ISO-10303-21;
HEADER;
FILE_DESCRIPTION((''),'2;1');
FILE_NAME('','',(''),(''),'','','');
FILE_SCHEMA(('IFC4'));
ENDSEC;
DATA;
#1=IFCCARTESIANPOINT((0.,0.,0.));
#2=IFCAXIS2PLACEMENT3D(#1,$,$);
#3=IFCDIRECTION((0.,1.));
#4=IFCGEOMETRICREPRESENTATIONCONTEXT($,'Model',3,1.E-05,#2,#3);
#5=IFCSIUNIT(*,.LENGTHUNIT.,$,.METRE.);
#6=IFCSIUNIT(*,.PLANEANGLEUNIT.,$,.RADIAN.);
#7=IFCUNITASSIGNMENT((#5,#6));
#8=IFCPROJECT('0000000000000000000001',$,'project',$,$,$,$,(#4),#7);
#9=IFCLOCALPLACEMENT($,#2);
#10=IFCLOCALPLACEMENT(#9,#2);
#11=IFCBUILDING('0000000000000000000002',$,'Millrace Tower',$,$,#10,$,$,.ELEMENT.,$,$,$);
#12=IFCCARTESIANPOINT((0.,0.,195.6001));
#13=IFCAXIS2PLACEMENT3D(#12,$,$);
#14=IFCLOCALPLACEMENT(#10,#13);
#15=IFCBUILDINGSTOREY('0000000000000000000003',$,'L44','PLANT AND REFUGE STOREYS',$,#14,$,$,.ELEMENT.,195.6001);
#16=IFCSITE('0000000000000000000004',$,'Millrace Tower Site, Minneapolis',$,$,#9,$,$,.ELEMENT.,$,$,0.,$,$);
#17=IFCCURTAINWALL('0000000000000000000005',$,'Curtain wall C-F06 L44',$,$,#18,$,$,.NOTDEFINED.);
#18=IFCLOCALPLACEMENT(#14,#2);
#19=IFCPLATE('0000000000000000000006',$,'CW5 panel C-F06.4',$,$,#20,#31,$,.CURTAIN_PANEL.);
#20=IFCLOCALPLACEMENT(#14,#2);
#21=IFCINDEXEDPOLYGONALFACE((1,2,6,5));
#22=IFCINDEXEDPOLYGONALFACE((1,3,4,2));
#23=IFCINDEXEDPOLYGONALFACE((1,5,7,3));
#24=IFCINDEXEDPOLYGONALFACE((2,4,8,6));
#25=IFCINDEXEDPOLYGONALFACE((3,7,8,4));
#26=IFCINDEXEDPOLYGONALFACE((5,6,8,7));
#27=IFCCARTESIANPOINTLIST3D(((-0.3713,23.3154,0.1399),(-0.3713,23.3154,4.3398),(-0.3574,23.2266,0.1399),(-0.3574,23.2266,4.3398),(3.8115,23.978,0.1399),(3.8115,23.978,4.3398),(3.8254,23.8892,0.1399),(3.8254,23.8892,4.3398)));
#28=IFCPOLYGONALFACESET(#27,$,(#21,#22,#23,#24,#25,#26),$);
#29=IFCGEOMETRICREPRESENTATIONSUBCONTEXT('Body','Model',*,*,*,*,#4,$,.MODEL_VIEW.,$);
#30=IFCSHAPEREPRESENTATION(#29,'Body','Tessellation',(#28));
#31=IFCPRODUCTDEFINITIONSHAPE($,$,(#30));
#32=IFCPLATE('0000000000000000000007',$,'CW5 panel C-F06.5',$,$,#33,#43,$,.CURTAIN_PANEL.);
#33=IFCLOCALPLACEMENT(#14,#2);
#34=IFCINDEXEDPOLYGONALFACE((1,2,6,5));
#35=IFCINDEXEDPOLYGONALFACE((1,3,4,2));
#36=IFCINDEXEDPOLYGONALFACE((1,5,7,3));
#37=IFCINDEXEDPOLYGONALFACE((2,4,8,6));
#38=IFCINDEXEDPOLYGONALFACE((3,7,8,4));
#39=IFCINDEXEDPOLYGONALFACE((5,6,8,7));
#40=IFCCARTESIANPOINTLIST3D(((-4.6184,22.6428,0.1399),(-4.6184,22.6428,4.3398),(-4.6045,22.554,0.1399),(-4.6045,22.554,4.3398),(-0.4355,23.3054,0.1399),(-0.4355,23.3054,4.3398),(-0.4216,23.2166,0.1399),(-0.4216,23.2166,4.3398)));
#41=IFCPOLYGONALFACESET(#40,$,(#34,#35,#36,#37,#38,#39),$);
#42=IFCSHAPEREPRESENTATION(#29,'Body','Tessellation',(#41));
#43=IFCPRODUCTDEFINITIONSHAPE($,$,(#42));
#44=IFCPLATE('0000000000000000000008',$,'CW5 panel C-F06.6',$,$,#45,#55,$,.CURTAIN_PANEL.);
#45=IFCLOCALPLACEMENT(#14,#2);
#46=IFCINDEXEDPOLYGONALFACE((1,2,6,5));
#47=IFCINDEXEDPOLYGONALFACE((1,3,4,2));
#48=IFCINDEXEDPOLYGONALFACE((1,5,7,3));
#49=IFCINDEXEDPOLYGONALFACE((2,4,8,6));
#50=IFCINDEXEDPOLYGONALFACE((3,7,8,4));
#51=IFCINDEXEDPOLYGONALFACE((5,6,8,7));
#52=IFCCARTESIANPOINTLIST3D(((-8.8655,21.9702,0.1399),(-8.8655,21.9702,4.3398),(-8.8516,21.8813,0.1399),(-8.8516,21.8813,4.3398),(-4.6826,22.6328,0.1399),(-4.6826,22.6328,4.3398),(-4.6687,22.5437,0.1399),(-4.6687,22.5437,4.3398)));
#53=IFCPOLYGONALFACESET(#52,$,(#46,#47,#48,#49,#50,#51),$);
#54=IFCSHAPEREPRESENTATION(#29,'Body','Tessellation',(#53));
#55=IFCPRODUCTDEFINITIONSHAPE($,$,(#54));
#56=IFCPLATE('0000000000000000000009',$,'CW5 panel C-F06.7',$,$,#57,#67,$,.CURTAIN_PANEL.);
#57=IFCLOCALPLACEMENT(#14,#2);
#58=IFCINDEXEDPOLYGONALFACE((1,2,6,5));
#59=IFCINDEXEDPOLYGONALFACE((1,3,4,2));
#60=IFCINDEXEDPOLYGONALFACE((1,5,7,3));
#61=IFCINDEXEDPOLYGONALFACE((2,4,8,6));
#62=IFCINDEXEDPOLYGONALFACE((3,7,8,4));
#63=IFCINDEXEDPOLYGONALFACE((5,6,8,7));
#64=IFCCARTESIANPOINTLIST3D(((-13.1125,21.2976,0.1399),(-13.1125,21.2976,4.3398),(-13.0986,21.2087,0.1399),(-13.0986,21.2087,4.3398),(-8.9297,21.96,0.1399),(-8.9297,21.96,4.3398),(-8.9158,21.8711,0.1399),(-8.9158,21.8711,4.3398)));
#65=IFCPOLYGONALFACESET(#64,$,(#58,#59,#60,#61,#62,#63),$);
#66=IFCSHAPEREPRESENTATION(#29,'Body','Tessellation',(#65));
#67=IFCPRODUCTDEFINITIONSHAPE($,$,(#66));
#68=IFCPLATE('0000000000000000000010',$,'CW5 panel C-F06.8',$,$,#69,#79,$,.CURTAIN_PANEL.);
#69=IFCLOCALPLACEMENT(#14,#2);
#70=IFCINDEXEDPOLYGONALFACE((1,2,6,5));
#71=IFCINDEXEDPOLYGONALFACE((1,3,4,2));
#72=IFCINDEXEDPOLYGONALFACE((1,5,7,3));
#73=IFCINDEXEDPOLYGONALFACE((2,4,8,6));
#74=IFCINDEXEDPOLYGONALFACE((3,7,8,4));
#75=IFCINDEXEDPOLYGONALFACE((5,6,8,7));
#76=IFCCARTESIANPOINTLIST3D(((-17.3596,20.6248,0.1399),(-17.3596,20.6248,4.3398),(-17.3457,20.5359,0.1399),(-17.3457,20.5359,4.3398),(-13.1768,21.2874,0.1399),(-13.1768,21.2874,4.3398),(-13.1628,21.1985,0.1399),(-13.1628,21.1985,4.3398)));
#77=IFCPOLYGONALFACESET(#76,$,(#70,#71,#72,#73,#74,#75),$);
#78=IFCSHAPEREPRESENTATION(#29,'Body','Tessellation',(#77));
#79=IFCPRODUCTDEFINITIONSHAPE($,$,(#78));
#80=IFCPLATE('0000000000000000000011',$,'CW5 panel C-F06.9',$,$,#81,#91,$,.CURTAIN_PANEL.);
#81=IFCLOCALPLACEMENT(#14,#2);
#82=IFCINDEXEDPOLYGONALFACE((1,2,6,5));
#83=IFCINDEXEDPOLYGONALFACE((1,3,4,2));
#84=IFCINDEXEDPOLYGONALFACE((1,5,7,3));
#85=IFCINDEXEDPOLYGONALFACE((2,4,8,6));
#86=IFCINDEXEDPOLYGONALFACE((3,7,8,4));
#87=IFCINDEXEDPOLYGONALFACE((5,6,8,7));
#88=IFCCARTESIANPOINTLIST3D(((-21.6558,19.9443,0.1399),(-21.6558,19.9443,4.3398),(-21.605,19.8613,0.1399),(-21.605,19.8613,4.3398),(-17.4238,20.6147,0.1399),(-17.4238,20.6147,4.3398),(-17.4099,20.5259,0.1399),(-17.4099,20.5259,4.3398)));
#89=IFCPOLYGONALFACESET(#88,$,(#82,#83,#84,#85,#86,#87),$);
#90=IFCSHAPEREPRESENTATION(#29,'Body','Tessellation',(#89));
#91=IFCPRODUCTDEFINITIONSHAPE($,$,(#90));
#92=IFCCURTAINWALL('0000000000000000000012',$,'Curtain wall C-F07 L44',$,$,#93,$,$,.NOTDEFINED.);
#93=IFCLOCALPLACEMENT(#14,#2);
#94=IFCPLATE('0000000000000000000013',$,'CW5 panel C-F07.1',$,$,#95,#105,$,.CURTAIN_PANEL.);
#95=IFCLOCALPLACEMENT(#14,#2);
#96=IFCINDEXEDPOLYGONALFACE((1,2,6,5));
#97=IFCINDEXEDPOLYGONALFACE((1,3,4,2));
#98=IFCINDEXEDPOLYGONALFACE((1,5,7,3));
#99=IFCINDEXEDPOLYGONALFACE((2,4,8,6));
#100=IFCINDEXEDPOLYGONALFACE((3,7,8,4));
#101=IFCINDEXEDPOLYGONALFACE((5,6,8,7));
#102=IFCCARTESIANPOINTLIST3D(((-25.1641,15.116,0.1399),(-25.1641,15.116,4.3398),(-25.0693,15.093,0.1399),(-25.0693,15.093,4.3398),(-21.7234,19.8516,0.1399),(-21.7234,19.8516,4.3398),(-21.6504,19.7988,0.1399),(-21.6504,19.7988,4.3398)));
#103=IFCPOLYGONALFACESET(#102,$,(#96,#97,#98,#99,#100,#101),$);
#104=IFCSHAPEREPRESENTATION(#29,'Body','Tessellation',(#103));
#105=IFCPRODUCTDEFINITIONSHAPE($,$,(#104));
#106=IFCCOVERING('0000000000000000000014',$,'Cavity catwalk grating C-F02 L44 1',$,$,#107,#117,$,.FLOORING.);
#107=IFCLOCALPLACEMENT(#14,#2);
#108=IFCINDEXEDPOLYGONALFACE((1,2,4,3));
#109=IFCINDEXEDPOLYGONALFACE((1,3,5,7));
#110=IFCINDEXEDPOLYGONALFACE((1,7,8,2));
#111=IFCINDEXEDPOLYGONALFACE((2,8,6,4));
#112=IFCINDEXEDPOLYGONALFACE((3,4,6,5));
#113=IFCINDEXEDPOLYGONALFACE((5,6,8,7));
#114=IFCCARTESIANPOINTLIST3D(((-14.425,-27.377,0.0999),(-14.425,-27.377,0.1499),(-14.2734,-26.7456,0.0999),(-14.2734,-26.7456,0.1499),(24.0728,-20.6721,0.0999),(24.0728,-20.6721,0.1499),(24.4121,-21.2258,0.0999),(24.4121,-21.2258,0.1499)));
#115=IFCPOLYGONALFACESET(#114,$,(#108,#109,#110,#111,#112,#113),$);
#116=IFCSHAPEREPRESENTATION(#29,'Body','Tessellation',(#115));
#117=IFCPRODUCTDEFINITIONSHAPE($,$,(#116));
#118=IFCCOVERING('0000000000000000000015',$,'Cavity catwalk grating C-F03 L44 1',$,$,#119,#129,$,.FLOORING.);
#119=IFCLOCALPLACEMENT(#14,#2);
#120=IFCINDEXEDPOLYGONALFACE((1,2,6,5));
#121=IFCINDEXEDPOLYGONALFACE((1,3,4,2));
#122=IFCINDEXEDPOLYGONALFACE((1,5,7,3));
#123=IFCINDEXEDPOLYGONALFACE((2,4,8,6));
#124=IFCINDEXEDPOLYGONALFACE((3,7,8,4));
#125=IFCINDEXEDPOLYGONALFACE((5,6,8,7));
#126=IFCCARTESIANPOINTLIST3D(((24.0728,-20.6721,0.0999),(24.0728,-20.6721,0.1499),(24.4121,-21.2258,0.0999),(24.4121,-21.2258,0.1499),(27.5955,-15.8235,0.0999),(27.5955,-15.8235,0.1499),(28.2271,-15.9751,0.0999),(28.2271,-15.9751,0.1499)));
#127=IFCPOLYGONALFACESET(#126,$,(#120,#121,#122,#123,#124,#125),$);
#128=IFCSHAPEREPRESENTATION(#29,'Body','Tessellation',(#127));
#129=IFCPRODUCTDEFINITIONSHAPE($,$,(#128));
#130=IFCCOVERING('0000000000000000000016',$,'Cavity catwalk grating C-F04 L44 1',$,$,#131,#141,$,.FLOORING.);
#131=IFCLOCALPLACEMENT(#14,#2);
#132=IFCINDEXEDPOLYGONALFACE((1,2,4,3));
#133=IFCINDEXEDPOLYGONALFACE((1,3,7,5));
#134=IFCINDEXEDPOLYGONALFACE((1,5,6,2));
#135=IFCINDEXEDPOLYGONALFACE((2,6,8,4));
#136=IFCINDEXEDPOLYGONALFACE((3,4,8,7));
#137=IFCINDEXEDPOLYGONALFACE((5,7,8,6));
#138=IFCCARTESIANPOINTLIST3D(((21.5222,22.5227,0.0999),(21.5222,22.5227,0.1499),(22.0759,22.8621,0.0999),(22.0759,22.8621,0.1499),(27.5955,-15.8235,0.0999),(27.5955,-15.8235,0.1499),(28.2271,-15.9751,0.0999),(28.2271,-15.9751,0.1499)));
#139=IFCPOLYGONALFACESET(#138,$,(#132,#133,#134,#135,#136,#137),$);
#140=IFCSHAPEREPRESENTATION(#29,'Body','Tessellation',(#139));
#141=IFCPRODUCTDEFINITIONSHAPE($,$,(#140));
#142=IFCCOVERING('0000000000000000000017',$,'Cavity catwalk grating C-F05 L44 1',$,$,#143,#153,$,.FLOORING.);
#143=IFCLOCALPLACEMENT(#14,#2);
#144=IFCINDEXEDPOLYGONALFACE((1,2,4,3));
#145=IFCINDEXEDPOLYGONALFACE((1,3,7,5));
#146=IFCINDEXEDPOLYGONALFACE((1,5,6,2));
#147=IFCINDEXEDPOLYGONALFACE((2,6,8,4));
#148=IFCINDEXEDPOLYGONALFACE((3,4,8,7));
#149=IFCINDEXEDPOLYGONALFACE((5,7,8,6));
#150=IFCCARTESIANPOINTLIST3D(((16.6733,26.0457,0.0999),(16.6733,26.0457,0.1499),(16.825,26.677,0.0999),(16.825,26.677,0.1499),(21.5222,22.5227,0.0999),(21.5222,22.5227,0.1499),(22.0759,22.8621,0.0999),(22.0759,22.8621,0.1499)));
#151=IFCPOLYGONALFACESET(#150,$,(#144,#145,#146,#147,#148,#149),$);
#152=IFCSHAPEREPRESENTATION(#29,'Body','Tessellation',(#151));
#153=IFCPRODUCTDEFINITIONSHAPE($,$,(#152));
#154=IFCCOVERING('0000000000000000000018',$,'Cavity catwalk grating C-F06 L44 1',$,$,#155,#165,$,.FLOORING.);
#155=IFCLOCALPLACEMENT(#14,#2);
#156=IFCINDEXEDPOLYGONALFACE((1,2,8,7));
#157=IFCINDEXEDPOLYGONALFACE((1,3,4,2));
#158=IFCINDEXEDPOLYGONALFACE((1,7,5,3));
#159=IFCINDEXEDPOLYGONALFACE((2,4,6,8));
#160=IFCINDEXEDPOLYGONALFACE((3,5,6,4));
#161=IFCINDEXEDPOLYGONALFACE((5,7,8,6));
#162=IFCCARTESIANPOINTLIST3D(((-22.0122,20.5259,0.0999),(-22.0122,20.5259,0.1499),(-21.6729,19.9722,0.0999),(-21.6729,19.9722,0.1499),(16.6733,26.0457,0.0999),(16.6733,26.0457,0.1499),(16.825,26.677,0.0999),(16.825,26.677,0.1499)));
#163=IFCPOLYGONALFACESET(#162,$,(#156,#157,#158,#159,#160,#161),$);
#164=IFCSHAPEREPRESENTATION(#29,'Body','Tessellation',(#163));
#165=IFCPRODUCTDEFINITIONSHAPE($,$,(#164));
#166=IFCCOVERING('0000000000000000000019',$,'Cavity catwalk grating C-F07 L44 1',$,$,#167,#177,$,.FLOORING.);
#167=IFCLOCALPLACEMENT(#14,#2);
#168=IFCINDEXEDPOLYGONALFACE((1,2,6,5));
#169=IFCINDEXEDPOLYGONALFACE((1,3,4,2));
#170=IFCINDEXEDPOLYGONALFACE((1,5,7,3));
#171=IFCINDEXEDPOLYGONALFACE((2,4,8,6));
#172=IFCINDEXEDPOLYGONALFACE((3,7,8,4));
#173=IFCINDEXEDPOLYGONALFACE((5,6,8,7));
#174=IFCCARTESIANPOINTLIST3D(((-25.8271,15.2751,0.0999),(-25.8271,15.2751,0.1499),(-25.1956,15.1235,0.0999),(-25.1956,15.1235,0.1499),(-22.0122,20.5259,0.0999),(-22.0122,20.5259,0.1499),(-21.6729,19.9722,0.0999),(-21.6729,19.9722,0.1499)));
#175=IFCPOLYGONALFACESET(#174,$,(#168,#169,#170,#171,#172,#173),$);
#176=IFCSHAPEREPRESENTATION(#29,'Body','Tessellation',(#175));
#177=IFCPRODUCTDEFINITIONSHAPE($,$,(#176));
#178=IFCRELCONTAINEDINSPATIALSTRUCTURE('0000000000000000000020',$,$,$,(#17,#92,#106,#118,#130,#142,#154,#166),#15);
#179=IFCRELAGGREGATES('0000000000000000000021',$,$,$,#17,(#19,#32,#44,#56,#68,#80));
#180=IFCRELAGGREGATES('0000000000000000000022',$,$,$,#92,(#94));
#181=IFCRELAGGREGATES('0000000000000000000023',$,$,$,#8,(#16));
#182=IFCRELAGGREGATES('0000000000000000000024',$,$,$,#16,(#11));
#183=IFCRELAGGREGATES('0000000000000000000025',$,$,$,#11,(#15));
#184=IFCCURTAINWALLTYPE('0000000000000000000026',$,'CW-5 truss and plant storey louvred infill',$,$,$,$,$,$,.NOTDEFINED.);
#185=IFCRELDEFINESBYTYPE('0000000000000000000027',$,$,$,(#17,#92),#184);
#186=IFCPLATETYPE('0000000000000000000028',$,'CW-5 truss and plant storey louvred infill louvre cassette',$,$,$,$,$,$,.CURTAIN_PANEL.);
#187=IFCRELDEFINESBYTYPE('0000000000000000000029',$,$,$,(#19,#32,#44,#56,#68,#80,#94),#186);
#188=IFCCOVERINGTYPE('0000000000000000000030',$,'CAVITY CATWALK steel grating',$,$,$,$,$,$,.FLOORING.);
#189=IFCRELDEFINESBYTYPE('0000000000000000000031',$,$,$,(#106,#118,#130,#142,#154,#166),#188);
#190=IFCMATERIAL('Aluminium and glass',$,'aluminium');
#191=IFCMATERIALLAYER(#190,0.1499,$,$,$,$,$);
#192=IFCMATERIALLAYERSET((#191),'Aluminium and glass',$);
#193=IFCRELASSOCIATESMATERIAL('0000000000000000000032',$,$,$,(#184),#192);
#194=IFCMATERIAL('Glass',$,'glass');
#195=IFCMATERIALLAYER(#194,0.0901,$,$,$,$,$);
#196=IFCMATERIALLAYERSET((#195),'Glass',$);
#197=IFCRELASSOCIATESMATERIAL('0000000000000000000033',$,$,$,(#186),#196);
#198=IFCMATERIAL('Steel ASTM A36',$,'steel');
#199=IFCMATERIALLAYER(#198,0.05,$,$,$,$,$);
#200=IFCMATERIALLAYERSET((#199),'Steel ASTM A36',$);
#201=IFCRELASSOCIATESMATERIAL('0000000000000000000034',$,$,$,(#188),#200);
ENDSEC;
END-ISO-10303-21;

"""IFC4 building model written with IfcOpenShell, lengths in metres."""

from ifc_helpers import new_model, si_unit, direction, frame, origin, place, context, subcontext, project, spatial, polyline, outline, extrude, material, layer, layer_set, type_object, element, aggregate, save


model = new_model("IFC4")

# Units and contexts
model_context = context("Model", 3, precision=1e-05, world=origin(), true_north=direction((0.0, 1.0)))
body_context = subcontext(model_context, "Body", "Model", "MODEL_VIEW")
ifc_project = project(units=[si_unit("LENGTHUNIT", "METRE"), si_unit("PLANEANGLEUNIT", "RADIAN")], contexts=[model_context])

# Site, building, storey
site_placement = place(None, origin())
site = spatial("IfcSite", under=ifc_project, at=site_placement, Name="Millrace Tower Site, Minneapolis", CompositionType="ELEMENT", RefElevation=0.0)
building_placement = place(site_placement, origin())
building = spatial("IfcBuilding", under=site, at=building_placement, Name="Millrace Tower", CompositionType="ELEMENT")
storey_placement = place(building_placement, frame((0.0, 0.0, 195.6001)))
storey = spatial("IfcBuildingStorey", under=building, at=storey_placement, Name="L44", Description="PLANT AND REFUGE STOREYS", CompositionType="ELEMENT", Elevation=195.6001)

# Shared definitions
ifc_material_1 = material(Name="Aluminium and glass", Category="aluminium")
ifc_layer_1 = layer(ifc_material_1, 0.1499)
ifc_layer_set_1 = layer_set([ifc_layer_1], Name="Aluminium and glass")
curtain_wall_type = type_object("IfcCurtainWallType", Name="CW-5 truss and plant storey louvred infill", PredefinedType="NOTDEFINED", material=ifc_layer_set_1)
placement_1 = place(storey_placement, origin())
ifc_material_2 = material(Name="Glass", Category="glass")
ifc_layer_2 = layer(ifc_material_2, 0.0901)
ifc_layer_set_2 = layer_set([ifc_layer_2], Name="Glass")
plate_type = type_object("IfcPlateType", Name="CW-5 truss and plant storey louvred infill louvre cassette", PredefinedType="CURTAIN_PANEL", material=ifc_layer_set_2)
placement_2 = place(storey_placement, frame((0.0, 0.0, 0.1399)))

# Curtain wall, plates
curtain_wall_1 = element("IfcCurtainWall", 1, at=placement_1, inside=storey, type_object=curtain_wall_type, Name="Curtain wall C-F06 L44", PredefinedType="NOTDEFINED")
plate_1 = element("IfcPlate", 2, at=placement_2, type_object=plate_type, Name="CW5 panel C-F06.4", PredefinedType="CURTAIN_PANEL", context=body_context, shape_type="SweptSolid", body=[
    extrude(outline(polyline([(3.8115, 23.978), (-0.3713, 23.3154), (-0.3574, 23.2266), (3.8254, 23.8892), (3.8115, 23.978)])), origin(), (0.0, 0.0, 1.0), 4.2),
])
plate_2 = element("IfcPlate", 3, at=placement_2, type_object=plate_type, Name="CW5 panel C-F06.5", PredefinedType="CURTAIN_PANEL", context=body_context, shape_type="SweptSolid", body=[
    extrude(outline(polyline([(-0.4355, 23.3054), (-4.6184, 22.6428), (-4.6045, 22.554), (-0.4216, 23.2166), (-0.4355, 23.3054)])), origin(), (0.0, 0.0, 1.0), 4.2),
])
plate_3 = element("IfcPlate", 4, at=placement_2, type_object=plate_type, Name="CW5 panel C-F06.6", PredefinedType="CURTAIN_PANEL", context=body_context, shape_type="SweptSolid", body=[
    extrude(outline(polyline([(-4.6826, 22.6328), (-8.8655, 21.9702), (-8.8516, 21.8813), (-4.6687, 22.5437), (-4.6826, 22.6328)])), origin(), (0.0, 0.0, 1.0), 4.2),
])
plate_4 = element("IfcPlate", 5, at=placement_2, type_object=plate_type, Name="CW5 panel C-F06.7", PredefinedType="CURTAIN_PANEL", context=body_context, shape_type="SweptSolid", body=[
    extrude(outline(polyline([(-8.9297, 21.96), (-13.1125, 21.2976), (-13.0986, 21.2087), (-8.9158, 21.8711), (-8.9297, 21.96)])), origin(), (0.0, 0.0, 1.0), 4.2),
])
plate_5 = element("IfcPlate", 6, at=placement_2, type_object=plate_type, Name="CW5 panel C-F06.8", PredefinedType="CURTAIN_PANEL", context=body_context, shape_type="SweptSolid", body=[
    extrude(outline(polyline([(-13.1768, 21.2874), (-17.3596, 20.6248), (-17.3457, 20.5359), (-13.1628, 21.1985), (-13.1768, 21.2874)])), origin(), (0.0, 0.0, 1.0), 4.2),
])
plate_6 = element("IfcPlate", 7, at=placement_2, type_object=plate_type, Name="CW5 panel C-F06.9", PredefinedType="CURTAIN_PANEL", context=body_context, shape_type="SweptSolid", body=[
    extrude(outline(polyline([(-17.4238, 20.6147), (-21.6558, 19.9443), (-21.605, 19.8613), (-17.4099, 20.5259), (-17.4238, 20.6147)])), origin(), (0.0, 0.0, 1.0), 4.2),
])
aggregate(curtain_wall_1, [plate_1, plate_2, plate_3, plate_4, plate_5, plate_6])

# Curtain wall, plate
curtain_wall_2 = element("IfcCurtainWall", 8, at=placement_1, inside=storey, type_object=curtain_wall_type, Name="Curtain wall C-F07 L44", PredefinedType="NOTDEFINED")
plate_7 = element("IfcPlate", 9, at=placement_2, type_object=plate_type, Name="CW5 panel C-F07.1", PredefinedType="CURTAIN_PANEL", context=body_context, shape_type="SweptSolid", body=[
    extrude(outline(polyline([(-21.7234, 19.8516), (-25.1641, 15.116), (-25.0693, 15.093), (-21.6504, 19.7988), (-21.7234, 19.8516)])), origin(), (0.0, 0.0, 1.0), 4.2),
])
aggregate(curtain_wall_2, [plate_7])

# Coverings
ifc_material_3 = material(Name="Steel ASTM A36", Category="steel")
ifc_layer_3 = layer(ifc_material_3, 0.05)
ifc_layer_set_3 = layer_set([ifc_layer_3], Name="Steel ASTM A36")
covering_type = type_object("IfcCoveringType", Name="CAVITY CATWALK steel grating", PredefinedType="FLOORING", material=ifc_layer_set_3)
placement_3 = place(storey_placement, frame((0.0, 0.0, 0.0999)))
element("IfcCovering", 10, at=placement_3, inside=storey, type_object=covering_type, Name="Cavity catwalk grating C-F02 L44 1", PredefinedType="FLOORING", context=body_context, shape_type="SweptSolid", body=[
    extrude(outline(polyline([(-14.425, -27.377), (24.4121, -21.2258), (24.0728, -20.6721), (-14.2734, -26.7456), (-14.425, -27.377)])), origin(), (0.0, 0.0, 1.0), 0.05),
])
element("IfcCovering", 11, at=placement_3, inside=storey, type_object=covering_type, Name="Cavity catwalk grating C-F03 L44 1", PredefinedType="FLOORING", context=body_context, shape_type="SweptSolid", body=[
    extrude(outline(polyline([(24.4121, -21.2258), (28.2271, -15.9751), (27.5955, -15.8235), (24.0728, -20.6721), (24.4121, -21.2258)])), origin(), (0.0, 0.0, 1.0), 0.05),
])
element("IfcCovering", 12, at=placement_3, inside=storey, type_object=covering_type, Name="Cavity catwalk grating C-F04 L44 1", PredefinedType="FLOORING", context=body_context, shape_type="SweptSolid", body=[
    extrude(outline(polyline([(28.2271, -15.9751), (22.0759, 22.8621), (21.5222, 22.5227), (27.5955, -15.8235), (28.2271, -15.9751)])), origin(), (0.0, 0.0, 1.0), 0.05),
])
element("IfcCovering", 13, at=placement_3, inside=storey, type_object=covering_type, Name="Cavity catwalk grating C-F05 L44 1", PredefinedType="FLOORING", context=body_context, shape_type="SweptSolid", body=[
    extrude(outline(polyline([(22.0759, 22.8621), (16.825, 26.677), (16.6733, 26.0457), (21.5222, 22.5227), (22.0759, 22.8621)])), origin(), (0.0, 0.0, 1.0), 0.05),
])
element("IfcCovering", 14, at=placement_3, inside=storey, type_object=covering_type, Name="Cavity catwalk grating C-F06 L44 1", PredefinedType="FLOORING", context=body_context, shape_type="SweptSolid", body=[
    extrude(outline(polyline([(16.825, 26.677), (-22.0122, 20.5259), (-21.6729, 19.9722), (16.6733, 26.0457), (16.825, 26.677)])), origin(), (0.0, 0.0, 1.0), 0.05),
])
element("IfcCovering", 15, at=placement_3, inside=storey, type_object=covering_type, Name="Cavity catwalk grating C-F07 L44 1", PredefinedType="FLOORING", context=body_context, shape_type="SweptSolid", body=[
    extrude(outline(polyline([(-22.0122, 20.5259), (-25.8271, 15.2751), (-25.1956, 15.1235), (-21.6729, 19.9722), (-22.0122, 20.5259)])), origin(), (0.0, 0.0, 1.0), 0.05),
])

save(model, "model.ifc")
